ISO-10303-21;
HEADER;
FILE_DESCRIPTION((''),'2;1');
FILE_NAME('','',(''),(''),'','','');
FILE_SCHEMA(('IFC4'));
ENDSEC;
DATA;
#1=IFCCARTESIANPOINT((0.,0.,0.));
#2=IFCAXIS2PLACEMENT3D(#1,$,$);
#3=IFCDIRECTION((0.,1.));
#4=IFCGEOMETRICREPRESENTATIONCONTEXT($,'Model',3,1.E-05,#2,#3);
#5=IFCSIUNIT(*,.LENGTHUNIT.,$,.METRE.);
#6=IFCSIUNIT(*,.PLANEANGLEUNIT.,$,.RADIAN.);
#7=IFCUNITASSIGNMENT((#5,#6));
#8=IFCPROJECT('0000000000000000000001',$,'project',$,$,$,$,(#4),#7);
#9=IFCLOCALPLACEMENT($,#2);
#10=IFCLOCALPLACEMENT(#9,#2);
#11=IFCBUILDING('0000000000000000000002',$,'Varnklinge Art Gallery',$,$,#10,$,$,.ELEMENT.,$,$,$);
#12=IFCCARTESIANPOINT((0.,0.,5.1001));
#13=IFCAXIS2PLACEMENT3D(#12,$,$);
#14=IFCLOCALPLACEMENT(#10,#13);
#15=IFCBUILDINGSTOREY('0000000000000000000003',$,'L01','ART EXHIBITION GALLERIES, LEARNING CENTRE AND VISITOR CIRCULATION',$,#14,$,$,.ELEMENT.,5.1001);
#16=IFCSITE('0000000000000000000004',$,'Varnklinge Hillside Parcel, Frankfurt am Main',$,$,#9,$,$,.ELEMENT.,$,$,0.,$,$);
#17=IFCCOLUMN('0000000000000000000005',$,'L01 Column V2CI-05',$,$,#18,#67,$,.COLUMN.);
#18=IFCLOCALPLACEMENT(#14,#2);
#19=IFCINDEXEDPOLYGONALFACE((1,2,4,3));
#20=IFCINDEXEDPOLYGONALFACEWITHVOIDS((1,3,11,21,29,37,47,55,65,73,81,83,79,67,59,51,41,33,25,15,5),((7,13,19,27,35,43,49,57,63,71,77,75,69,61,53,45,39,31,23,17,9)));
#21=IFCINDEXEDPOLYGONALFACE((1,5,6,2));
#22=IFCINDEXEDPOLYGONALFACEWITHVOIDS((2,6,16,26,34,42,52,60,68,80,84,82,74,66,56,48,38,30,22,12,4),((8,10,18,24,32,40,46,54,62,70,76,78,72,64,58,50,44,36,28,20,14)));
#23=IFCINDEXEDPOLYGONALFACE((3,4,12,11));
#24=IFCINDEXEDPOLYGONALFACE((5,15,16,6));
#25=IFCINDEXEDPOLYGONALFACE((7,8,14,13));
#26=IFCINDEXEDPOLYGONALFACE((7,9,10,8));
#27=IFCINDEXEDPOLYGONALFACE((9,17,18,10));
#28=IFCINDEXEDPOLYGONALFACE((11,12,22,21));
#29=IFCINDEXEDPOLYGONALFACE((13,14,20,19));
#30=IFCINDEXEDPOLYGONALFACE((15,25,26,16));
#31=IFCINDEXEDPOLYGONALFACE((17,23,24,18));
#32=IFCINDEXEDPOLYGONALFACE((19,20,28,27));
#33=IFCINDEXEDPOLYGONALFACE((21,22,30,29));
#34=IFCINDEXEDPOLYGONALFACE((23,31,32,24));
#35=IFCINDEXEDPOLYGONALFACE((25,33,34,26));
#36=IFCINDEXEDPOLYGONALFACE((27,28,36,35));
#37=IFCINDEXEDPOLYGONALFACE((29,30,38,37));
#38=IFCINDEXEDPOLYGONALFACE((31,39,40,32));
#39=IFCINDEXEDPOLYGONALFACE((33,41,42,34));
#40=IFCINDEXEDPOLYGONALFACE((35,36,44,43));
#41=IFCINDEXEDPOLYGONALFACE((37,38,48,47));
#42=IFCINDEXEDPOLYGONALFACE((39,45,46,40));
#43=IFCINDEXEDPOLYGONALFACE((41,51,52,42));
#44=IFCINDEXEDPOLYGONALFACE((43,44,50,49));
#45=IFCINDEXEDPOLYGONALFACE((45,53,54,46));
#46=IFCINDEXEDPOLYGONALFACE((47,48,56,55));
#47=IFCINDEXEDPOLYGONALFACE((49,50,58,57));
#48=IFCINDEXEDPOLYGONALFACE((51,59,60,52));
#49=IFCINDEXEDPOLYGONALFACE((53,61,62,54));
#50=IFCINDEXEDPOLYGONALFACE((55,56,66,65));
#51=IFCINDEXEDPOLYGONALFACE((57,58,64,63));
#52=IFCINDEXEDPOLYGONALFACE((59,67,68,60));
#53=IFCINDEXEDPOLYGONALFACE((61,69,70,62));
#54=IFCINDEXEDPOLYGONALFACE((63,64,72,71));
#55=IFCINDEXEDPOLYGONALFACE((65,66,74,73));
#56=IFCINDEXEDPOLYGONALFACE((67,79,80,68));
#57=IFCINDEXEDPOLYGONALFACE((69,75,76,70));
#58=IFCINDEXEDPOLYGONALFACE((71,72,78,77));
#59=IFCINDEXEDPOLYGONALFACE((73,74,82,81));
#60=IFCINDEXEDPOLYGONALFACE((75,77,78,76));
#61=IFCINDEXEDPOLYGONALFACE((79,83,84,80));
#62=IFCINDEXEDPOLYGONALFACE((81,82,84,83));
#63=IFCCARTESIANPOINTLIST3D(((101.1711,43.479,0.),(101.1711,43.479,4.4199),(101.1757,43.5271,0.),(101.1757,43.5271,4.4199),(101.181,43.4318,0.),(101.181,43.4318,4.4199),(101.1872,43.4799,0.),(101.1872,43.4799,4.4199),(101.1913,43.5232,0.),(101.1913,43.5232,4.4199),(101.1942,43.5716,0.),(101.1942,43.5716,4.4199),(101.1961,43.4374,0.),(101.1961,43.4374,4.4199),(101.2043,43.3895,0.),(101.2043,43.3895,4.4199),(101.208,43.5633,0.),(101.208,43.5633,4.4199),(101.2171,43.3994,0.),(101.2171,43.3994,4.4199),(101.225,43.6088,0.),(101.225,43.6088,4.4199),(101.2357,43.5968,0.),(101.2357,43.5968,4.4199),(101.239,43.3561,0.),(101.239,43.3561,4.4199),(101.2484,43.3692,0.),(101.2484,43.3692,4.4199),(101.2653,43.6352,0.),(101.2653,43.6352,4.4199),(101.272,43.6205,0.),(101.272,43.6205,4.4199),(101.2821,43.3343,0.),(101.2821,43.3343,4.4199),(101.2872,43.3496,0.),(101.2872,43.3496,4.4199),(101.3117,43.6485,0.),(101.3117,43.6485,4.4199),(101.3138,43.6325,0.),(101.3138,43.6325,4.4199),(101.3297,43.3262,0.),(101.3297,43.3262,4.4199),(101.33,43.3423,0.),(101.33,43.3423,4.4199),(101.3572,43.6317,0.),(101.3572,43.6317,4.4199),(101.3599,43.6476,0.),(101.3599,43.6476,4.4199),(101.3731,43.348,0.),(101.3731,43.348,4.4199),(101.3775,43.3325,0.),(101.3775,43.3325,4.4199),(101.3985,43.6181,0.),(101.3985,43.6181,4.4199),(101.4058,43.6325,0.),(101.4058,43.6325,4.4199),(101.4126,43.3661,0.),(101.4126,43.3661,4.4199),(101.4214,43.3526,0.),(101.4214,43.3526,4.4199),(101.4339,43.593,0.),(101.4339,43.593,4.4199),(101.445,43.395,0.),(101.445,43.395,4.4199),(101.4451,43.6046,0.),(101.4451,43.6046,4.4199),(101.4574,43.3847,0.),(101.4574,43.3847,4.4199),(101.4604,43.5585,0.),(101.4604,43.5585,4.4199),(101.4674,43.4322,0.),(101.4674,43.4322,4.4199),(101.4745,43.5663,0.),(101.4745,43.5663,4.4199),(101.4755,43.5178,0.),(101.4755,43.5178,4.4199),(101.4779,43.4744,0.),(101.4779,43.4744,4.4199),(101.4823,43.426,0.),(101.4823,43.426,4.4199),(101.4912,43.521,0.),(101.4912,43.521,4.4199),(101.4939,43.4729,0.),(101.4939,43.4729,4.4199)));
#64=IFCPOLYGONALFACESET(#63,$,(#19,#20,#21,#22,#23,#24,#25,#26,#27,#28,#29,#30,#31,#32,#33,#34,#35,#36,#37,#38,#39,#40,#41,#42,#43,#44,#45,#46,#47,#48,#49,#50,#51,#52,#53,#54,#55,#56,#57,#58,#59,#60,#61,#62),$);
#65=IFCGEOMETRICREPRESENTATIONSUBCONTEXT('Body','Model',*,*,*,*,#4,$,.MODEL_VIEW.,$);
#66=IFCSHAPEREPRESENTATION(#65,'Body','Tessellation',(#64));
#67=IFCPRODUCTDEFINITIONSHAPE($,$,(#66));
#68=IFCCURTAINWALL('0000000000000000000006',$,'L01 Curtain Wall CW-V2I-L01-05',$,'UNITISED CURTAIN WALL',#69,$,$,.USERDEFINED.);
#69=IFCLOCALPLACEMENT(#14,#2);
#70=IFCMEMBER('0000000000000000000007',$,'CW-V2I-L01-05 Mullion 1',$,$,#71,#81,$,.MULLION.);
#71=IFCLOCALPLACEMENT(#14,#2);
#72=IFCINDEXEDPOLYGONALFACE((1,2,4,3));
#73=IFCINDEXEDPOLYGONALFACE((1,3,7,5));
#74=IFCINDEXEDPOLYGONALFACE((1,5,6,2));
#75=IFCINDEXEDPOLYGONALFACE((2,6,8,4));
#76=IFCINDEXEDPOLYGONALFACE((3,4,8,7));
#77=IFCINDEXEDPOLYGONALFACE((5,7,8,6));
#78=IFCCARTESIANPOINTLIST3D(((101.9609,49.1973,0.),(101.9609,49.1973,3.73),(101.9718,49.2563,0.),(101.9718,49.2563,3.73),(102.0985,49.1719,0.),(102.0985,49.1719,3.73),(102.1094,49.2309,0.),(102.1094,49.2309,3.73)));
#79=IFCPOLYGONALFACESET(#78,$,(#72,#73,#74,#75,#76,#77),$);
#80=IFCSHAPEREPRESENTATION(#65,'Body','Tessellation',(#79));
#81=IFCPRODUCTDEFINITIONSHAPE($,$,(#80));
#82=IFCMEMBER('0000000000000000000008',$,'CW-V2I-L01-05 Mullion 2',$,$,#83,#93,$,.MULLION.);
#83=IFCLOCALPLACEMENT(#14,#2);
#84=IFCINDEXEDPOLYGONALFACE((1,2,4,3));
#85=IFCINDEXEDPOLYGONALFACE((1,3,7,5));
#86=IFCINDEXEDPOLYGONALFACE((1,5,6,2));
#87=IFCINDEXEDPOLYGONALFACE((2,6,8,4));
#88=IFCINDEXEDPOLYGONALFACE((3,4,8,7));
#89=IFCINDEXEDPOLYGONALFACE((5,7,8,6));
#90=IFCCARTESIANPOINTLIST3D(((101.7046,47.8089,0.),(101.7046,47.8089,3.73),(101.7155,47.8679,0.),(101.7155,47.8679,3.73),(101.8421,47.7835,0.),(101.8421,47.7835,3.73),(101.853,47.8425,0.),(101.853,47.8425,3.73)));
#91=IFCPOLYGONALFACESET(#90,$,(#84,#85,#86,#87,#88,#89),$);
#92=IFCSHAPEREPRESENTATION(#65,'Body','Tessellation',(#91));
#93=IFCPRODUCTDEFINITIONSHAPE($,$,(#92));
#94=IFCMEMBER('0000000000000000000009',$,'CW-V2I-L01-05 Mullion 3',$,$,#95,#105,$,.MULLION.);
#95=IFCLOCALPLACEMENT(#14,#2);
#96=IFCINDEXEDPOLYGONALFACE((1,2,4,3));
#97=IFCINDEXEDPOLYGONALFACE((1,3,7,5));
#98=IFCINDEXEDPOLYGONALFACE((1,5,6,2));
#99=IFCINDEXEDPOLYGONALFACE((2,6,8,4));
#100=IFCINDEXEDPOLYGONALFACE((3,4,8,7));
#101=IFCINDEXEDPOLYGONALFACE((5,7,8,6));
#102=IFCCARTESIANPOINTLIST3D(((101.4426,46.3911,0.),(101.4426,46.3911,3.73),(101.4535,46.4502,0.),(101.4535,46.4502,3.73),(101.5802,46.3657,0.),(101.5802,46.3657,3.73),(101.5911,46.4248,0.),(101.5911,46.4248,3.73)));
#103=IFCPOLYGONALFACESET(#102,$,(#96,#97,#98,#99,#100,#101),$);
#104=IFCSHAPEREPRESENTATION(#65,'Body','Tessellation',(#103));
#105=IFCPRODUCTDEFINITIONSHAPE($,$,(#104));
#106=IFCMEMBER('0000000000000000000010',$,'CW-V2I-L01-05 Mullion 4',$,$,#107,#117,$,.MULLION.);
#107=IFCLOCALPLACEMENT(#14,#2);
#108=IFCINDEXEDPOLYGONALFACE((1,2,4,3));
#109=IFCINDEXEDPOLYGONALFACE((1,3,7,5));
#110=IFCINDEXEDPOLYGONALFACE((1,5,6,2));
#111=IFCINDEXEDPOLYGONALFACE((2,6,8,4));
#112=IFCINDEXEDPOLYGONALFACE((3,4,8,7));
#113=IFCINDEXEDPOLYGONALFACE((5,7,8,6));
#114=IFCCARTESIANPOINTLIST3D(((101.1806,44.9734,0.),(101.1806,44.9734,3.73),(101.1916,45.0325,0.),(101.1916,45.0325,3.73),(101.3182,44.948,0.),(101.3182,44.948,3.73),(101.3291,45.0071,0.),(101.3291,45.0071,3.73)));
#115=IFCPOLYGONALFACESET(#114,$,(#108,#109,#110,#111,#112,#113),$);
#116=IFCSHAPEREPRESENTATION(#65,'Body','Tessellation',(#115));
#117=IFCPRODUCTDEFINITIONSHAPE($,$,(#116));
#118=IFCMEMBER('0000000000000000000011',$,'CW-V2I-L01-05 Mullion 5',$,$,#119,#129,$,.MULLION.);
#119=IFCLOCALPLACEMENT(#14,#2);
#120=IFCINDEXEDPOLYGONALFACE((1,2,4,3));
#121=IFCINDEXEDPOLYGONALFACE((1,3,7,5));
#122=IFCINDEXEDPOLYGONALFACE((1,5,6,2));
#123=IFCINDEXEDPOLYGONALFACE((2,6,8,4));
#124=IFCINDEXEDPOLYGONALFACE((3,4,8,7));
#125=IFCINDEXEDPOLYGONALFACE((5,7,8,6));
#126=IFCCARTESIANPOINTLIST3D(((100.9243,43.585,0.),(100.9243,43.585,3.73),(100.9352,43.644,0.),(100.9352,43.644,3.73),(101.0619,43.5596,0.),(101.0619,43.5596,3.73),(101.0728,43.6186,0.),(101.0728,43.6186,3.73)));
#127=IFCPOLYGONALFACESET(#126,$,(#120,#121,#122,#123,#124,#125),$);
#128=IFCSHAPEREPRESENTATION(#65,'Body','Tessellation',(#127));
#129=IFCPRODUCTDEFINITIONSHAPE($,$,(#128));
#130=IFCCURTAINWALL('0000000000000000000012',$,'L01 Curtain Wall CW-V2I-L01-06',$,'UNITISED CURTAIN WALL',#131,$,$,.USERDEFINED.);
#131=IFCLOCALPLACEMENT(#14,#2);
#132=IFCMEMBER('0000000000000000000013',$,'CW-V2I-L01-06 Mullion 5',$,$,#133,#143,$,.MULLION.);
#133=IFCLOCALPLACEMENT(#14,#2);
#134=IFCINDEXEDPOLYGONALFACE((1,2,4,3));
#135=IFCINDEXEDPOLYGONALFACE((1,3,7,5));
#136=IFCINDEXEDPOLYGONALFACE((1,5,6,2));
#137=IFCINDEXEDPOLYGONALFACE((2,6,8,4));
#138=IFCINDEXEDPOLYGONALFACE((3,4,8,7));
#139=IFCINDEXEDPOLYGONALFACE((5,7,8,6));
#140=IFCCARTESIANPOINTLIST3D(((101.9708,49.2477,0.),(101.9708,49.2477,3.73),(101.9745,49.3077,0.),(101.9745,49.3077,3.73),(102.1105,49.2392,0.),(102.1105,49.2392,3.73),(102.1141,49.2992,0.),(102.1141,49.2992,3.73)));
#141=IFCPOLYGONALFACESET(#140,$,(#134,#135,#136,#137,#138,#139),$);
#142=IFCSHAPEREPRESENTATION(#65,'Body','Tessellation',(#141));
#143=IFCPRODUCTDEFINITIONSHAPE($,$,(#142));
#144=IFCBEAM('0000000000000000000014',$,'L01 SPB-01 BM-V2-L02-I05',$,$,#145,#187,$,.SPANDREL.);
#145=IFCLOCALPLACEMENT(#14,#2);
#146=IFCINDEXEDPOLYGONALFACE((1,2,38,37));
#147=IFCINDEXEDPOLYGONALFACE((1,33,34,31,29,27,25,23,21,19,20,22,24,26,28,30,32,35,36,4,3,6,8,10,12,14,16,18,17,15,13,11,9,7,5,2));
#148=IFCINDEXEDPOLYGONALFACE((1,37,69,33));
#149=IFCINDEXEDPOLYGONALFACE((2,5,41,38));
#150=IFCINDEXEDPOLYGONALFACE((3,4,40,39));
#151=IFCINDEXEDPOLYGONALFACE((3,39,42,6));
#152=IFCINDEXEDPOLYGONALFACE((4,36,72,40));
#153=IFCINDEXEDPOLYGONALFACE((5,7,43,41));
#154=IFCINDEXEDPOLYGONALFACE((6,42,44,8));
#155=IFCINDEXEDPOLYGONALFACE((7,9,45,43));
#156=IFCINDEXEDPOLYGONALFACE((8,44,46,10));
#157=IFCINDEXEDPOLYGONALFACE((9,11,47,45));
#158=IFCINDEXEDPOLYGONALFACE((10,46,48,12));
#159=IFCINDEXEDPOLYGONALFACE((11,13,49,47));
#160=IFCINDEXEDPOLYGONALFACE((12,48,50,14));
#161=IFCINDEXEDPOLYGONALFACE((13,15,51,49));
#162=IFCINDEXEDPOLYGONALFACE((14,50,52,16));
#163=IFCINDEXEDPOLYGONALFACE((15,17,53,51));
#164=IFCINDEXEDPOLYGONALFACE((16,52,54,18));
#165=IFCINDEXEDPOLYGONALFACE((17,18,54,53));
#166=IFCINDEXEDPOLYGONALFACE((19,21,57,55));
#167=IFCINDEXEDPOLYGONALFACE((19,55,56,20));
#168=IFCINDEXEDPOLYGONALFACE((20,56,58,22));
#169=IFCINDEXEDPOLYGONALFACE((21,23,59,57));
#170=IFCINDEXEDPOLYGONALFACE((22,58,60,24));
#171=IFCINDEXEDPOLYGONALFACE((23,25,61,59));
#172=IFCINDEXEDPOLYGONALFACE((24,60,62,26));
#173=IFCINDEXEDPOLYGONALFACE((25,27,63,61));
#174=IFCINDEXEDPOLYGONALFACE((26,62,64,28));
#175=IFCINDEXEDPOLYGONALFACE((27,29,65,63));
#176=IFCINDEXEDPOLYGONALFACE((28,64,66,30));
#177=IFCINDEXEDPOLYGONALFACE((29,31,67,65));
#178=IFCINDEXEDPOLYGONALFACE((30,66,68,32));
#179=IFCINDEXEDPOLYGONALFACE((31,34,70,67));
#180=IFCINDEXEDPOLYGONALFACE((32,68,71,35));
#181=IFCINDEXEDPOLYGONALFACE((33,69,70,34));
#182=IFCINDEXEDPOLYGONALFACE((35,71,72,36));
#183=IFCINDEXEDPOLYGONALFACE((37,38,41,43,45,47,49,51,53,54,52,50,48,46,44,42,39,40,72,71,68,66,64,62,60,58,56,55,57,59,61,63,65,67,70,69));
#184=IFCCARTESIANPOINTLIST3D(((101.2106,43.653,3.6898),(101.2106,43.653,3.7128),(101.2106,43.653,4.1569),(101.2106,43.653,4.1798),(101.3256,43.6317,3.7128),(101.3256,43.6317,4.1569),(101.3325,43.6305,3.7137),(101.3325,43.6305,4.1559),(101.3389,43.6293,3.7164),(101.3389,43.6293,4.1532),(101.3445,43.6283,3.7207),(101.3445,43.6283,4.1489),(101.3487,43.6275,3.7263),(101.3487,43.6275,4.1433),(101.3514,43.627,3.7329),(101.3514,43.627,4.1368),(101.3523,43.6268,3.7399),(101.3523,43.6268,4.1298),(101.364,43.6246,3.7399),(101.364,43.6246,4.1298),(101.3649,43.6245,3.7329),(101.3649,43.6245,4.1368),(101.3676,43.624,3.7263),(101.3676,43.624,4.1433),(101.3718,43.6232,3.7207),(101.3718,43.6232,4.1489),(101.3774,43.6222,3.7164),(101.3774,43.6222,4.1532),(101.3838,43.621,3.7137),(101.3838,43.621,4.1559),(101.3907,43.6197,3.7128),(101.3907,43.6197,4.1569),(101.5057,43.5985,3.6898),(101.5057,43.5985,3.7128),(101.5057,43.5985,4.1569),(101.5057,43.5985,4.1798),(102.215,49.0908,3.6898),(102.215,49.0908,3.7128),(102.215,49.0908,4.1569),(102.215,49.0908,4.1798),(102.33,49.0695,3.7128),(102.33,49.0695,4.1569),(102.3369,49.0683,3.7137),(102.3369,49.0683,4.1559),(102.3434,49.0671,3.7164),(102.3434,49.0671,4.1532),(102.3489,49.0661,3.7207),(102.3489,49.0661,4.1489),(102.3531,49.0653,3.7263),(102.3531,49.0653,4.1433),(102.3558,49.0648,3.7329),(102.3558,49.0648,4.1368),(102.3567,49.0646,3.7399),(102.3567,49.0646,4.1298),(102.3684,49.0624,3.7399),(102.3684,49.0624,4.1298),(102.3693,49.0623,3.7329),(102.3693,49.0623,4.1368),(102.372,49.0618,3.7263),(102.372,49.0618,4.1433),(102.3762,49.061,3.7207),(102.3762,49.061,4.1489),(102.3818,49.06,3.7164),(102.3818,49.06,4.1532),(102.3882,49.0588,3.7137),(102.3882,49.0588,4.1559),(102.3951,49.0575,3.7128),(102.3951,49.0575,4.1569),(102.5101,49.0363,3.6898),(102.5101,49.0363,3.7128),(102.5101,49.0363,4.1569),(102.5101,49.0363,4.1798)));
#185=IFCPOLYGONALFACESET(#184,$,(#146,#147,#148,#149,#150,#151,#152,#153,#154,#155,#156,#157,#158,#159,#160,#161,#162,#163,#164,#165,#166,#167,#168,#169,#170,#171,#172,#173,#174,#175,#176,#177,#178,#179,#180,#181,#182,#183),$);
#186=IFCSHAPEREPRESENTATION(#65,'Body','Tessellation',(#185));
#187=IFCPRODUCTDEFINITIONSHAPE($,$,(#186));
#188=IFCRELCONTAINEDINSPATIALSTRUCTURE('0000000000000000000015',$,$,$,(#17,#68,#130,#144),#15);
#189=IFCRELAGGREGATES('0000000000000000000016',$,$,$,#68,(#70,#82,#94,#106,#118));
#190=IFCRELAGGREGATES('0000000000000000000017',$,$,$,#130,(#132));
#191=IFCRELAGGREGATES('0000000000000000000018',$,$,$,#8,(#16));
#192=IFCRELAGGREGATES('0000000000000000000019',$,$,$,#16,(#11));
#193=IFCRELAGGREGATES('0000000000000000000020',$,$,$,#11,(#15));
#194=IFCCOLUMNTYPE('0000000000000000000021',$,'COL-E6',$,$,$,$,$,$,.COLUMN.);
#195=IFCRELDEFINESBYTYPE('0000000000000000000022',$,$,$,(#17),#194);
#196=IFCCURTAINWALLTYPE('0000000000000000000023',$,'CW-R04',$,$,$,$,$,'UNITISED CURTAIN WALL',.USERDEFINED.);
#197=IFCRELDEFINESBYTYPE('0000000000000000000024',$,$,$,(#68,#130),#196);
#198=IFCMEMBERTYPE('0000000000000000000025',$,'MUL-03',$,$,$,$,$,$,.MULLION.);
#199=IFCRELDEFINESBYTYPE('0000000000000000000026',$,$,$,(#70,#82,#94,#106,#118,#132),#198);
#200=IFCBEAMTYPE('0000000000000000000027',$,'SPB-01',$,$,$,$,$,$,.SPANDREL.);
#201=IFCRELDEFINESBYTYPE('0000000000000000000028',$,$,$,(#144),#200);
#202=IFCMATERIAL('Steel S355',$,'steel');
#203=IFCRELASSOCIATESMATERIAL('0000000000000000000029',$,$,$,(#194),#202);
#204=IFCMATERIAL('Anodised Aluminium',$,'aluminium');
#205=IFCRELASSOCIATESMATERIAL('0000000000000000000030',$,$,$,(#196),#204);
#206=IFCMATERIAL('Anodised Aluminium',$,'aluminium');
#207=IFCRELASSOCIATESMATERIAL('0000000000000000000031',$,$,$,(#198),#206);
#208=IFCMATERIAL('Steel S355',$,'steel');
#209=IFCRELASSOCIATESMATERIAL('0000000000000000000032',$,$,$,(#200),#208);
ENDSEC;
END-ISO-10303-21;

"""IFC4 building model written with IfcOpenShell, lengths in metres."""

from ifc_helpers import new_model, si_unit, direction, frame, origin, origin_2d, place, context, subcontext, project, spatial, rectangle, hollow_circle, i_section, extrude, material, material_profile, profile_set, type_object, element, aggregate, save


model = new_model("IFC4")

# Units and contexts
model_context = context("Model", 3, precision=1e-05, world=origin(), true_north=direction((0.0, 1.0)))
body_context = subcontext(model_context, "Body", "Model", "MODEL_VIEW")
ifc_project = project(units=[si_unit("LENGTHUNIT", "METRE"), si_unit("PLANEANGLEUNIT", "RADIAN")], contexts=[model_context])

# Site, building, storey
site_placement = place(None, origin())
site = spatial("IfcSite", under=ifc_project, at=site_placement, Name="Varnklinge Hillside Parcel, Frankfurt am Main", CompositionType="ELEMENT", RefElevation=0.0)
building_placement = place(site_placement, origin())
building = spatial("IfcBuilding", under=site, at=building_placement, Name="Varnklinge Art Gallery", CompositionType="ELEMENT")
storey_placement = place(building_placement, frame((0.0, 0.0, 5.1001)))
storey = spatial("IfcBuildingStorey", under=building, at=storey_placement, Name="L01", Description="ART EXHIBITION GALLERIES, LEARNING CENTRE AND VISITOR CIRCULATION", CompositionType="ELEMENT", Elevation=5.1001)

# Column
ifc_material_1 = material(Name="Steel S355", Category="steel")
ifc_material_profile_1 = material_profile(ifc_material_1, hollow_circle(Radius=0.1619, WallThickness=0.0161, at=origin_2d()), Name="CHS 323.9x16")
ifc_profile_set_1 = profile_set([ifc_material_profile_1], Name="Steel S355")
column_type = type_object("IfcColumnType", Name="COL-E6", PredefinedType="COLUMN", material=ifc_profile_set_1)
column_placement = place(storey_placement, frame((101.3328, 43.488, 0.0), z_axis=(0.0, 0.0, 1.0), x_axis=(-0.970506, 0.241075, 0.0)))
element("IfcColumn", 1, at=column_placement, inside=storey, type_object=column_type, Name="L01 Column V2CI-05", PredefinedType="COLUMN", context=body_context, shape_type="SweptSolid", body=[
    extrude(hollow_circle(Radius=0.1619, WallThickness=0.0161, at=origin_2d()), origin(), (0.0, 0.0, 1.0), 4.4199),
])

# Curtain wall, members
ifc_material_2 = material(Name="Anodised Aluminium", Category="aluminium")
curtain_wall_type = type_object("IfcCurtainWallType", Name="CW-R04", ElementType="UNITISED CURTAIN WALL", PredefinedType="USERDEFINED", material=ifc_material_2)
curtain_wall_1_placement = place(storey_placement, origin())
curtain_wall_1 = element("IfcCurtainWall", 2, at=curtain_wall_1_placement, inside=storey, type_object=curtain_wall_type, Name="L01 Curtain Wall CW-V2I-L01-05", ObjectType="UNITISED CURTAIN WALL", PredefinedType="USERDEFINED")
ifc_material_3 = material(Name="Anodised Aluminium", Category="aluminium")
ifc_material_profile_2 = material_profile(ifc_material_3, rectangle(XDim=0.0601, YDim=0.1399, at=origin_2d()), Name="ALU 60x140")
ifc_profile_set_2 = profile_set([ifc_material_profile_2], Name="Anodised Aluminium")
member_type_1 = type_object("IfcMemberType", Name="MUL-03", PredefinedType="MULLION", material=ifc_profile_set_2)
member_1_placement = place(storey_placement, frame((102.0352, 49.2141, 0.0), z_axis=(0.0, 0.0, 1.0), x_axis=(-0.181549, -0.983382, 0.0)))
member_1 = element("IfcMember", 3, at=member_1_placement, type_object=member_type_1, Name="CW-V2I-L01-05 Mullion 1", PredefinedType="MULLION", context=body_context, shape_type="SweptSolid", body=[
    extrude(rectangle(XDim=0.0601, YDim=0.1399, at=origin_2d()), origin(), (0.0, 0.0, 1.0), 3.73),
])
member_2_placement = place(storey_placement, frame((101.7788, 47.8257, 0.0), z_axis=(0.0, 0.0, 1.0), x_axis=(-0.181549, -0.983382, 0.0)))
member_2 = element("IfcMember", 4, at=member_2_placement, type_object=member_type_1, Name="CW-V2I-L01-05 Mullion 2", PredefinedType="MULLION", context=body_context, shape_type="SweptSolid", body=[
    extrude(rectangle(XDim=0.0601, YDim=0.1399, at=origin_2d()), origin(), (0.0, 0.0, 1.0), 3.73),
])
member_3_placement = place(storey_placement, frame((101.5168, 46.408, 0.0), z_axis=(0.0, 0.0, 1.0), x_axis=(-0.181549, -0.983382, 0.0)))
member_3 = element("IfcMember", 5, at=member_3_placement, type_object=member_type_1, Name="CW-V2I-L01-05 Mullion 3", PredefinedType="MULLION", context=body_context, shape_type="SweptSolid", body=[
    extrude(rectangle(XDim=0.0601, YDim=0.1399, at=origin_2d()), origin(), (0.0, 0.0, 1.0), 3.73),
])
member_4_placement = place(storey_placement, frame((101.2549, 44.9902, 0.0), z_axis=(0.0, 0.0, 1.0), x_axis=(-0.181549, -0.983382, 0.0)))
member_4 = element("IfcMember", 6, at=member_4_placement, type_object=member_type_1, Name="CW-V2I-L01-05 Mullion 4", PredefinedType="MULLION", context=body_context, shape_type="SweptSolid", body=[
    extrude(rectangle(XDim=0.0601, YDim=0.1399, at=origin_2d()), origin(), (0.0, 0.0, 1.0), 3.73),
])
member_5_placement = place(storey_placement, frame((100.9985, 43.6018, 0.0), z_axis=(0.0, 0.0, 1.0), x_axis=(-0.181549, -0.983382, 0.0)))
member_5 = element("IfcMember", 7, at=member_5_placement, type_object=member_type_1, Name="CW-V2I-L01-05 Mullion 5", PredefinedType="MULLION", context=body_context, shape_type="SweptSolid", body=[
    extrude(rectangle(XDim=0.0601, YDim=0.1399, at=origin_2d()), origin(), (0.0, 0.0, 1.0), 3.73),
])

# Curtain wall, member
curtain_wall_2_placement = place(storey_placement, origin())
curtain_wall_2 = element("IfcCurtainWall", 8, at=curtain_wall_2_placement, inside=storey, type_object=curtain_wall_type, Name="L01 Curtain Wall CW-V2I-L01-06", ObjectType="UNITISED CURTAIN WALL", PredefinedType="USERDEFINED")
member_6_placement = place(storey_placement, frame((102.0425, 49.2734, 0.0), z_axis=(0.0, 0.0, 1.0), x_axis=(-0.060874, -0.998145, 0.0)))
member_6 = element("IfcMember", 9, at=member_6_placement, type_object=member_type_1, Name="CW-V2I-L01-06 Mullion 5", PredefinedType="MULLION", context=body_context, shape_type="SweptSolid", body=[
    extrude(rectangle(XDim=0.0601, YDim=0.1399, at=origin_2d()), origin(), (0.0, 0.0, 1.0), 3.73),
])

# Beam
ifc_material_4 = material(Name="Steel S355", Category="steel")
ifc_material_profile_3 = material_profile(ifc_material_4, i_section(OverallWidth=0.3, OverallDepth=0.49, WebThickness=0.012, FlangeThickness=0.0229, FilletRadius=0.0271, at=origin_2d()), Name="HEA 500")
ifc_profile_set_3 = profile_set([ifc_material_profile_3], Name="Steel S355")
beam_type = type_object("IfcBeamType", Name="SPB-01", PredefinedType="SPANDREL", material=ifc_profile_set_3)
beam_placement = place(storey_placement, frame((101.3582, 43.6257, 3.9348), z_axis=(0.181635, 0.983366, 0.0), x_axis=(-0.983366, 0.181635, 0.0)))
element("IfcBeam", 10, at=beam_placement, inside=storey, type_object=beam_type, Name="L01 SPB-01 BM-V2-L02-I05", PredefinedType="SPANDREL", context=body_context, shape_type="SweptSolid", body=[
    extrude(i_section(OverallWidth=0.3, OverallDepth=0.49, WebThickness=0.012, FlangeThickness=0.0229, FilletRadius=0.0271, at=origin_2d()), origin(), (0.0, 0.0, 1.0), 5.5298),
])

aggregate(curtain_wall_1, [member_1, member_2, member_3, member_4, member_5])
aggregate(curtain_wall_2, [member_6])

save(model, "model.ifc")
